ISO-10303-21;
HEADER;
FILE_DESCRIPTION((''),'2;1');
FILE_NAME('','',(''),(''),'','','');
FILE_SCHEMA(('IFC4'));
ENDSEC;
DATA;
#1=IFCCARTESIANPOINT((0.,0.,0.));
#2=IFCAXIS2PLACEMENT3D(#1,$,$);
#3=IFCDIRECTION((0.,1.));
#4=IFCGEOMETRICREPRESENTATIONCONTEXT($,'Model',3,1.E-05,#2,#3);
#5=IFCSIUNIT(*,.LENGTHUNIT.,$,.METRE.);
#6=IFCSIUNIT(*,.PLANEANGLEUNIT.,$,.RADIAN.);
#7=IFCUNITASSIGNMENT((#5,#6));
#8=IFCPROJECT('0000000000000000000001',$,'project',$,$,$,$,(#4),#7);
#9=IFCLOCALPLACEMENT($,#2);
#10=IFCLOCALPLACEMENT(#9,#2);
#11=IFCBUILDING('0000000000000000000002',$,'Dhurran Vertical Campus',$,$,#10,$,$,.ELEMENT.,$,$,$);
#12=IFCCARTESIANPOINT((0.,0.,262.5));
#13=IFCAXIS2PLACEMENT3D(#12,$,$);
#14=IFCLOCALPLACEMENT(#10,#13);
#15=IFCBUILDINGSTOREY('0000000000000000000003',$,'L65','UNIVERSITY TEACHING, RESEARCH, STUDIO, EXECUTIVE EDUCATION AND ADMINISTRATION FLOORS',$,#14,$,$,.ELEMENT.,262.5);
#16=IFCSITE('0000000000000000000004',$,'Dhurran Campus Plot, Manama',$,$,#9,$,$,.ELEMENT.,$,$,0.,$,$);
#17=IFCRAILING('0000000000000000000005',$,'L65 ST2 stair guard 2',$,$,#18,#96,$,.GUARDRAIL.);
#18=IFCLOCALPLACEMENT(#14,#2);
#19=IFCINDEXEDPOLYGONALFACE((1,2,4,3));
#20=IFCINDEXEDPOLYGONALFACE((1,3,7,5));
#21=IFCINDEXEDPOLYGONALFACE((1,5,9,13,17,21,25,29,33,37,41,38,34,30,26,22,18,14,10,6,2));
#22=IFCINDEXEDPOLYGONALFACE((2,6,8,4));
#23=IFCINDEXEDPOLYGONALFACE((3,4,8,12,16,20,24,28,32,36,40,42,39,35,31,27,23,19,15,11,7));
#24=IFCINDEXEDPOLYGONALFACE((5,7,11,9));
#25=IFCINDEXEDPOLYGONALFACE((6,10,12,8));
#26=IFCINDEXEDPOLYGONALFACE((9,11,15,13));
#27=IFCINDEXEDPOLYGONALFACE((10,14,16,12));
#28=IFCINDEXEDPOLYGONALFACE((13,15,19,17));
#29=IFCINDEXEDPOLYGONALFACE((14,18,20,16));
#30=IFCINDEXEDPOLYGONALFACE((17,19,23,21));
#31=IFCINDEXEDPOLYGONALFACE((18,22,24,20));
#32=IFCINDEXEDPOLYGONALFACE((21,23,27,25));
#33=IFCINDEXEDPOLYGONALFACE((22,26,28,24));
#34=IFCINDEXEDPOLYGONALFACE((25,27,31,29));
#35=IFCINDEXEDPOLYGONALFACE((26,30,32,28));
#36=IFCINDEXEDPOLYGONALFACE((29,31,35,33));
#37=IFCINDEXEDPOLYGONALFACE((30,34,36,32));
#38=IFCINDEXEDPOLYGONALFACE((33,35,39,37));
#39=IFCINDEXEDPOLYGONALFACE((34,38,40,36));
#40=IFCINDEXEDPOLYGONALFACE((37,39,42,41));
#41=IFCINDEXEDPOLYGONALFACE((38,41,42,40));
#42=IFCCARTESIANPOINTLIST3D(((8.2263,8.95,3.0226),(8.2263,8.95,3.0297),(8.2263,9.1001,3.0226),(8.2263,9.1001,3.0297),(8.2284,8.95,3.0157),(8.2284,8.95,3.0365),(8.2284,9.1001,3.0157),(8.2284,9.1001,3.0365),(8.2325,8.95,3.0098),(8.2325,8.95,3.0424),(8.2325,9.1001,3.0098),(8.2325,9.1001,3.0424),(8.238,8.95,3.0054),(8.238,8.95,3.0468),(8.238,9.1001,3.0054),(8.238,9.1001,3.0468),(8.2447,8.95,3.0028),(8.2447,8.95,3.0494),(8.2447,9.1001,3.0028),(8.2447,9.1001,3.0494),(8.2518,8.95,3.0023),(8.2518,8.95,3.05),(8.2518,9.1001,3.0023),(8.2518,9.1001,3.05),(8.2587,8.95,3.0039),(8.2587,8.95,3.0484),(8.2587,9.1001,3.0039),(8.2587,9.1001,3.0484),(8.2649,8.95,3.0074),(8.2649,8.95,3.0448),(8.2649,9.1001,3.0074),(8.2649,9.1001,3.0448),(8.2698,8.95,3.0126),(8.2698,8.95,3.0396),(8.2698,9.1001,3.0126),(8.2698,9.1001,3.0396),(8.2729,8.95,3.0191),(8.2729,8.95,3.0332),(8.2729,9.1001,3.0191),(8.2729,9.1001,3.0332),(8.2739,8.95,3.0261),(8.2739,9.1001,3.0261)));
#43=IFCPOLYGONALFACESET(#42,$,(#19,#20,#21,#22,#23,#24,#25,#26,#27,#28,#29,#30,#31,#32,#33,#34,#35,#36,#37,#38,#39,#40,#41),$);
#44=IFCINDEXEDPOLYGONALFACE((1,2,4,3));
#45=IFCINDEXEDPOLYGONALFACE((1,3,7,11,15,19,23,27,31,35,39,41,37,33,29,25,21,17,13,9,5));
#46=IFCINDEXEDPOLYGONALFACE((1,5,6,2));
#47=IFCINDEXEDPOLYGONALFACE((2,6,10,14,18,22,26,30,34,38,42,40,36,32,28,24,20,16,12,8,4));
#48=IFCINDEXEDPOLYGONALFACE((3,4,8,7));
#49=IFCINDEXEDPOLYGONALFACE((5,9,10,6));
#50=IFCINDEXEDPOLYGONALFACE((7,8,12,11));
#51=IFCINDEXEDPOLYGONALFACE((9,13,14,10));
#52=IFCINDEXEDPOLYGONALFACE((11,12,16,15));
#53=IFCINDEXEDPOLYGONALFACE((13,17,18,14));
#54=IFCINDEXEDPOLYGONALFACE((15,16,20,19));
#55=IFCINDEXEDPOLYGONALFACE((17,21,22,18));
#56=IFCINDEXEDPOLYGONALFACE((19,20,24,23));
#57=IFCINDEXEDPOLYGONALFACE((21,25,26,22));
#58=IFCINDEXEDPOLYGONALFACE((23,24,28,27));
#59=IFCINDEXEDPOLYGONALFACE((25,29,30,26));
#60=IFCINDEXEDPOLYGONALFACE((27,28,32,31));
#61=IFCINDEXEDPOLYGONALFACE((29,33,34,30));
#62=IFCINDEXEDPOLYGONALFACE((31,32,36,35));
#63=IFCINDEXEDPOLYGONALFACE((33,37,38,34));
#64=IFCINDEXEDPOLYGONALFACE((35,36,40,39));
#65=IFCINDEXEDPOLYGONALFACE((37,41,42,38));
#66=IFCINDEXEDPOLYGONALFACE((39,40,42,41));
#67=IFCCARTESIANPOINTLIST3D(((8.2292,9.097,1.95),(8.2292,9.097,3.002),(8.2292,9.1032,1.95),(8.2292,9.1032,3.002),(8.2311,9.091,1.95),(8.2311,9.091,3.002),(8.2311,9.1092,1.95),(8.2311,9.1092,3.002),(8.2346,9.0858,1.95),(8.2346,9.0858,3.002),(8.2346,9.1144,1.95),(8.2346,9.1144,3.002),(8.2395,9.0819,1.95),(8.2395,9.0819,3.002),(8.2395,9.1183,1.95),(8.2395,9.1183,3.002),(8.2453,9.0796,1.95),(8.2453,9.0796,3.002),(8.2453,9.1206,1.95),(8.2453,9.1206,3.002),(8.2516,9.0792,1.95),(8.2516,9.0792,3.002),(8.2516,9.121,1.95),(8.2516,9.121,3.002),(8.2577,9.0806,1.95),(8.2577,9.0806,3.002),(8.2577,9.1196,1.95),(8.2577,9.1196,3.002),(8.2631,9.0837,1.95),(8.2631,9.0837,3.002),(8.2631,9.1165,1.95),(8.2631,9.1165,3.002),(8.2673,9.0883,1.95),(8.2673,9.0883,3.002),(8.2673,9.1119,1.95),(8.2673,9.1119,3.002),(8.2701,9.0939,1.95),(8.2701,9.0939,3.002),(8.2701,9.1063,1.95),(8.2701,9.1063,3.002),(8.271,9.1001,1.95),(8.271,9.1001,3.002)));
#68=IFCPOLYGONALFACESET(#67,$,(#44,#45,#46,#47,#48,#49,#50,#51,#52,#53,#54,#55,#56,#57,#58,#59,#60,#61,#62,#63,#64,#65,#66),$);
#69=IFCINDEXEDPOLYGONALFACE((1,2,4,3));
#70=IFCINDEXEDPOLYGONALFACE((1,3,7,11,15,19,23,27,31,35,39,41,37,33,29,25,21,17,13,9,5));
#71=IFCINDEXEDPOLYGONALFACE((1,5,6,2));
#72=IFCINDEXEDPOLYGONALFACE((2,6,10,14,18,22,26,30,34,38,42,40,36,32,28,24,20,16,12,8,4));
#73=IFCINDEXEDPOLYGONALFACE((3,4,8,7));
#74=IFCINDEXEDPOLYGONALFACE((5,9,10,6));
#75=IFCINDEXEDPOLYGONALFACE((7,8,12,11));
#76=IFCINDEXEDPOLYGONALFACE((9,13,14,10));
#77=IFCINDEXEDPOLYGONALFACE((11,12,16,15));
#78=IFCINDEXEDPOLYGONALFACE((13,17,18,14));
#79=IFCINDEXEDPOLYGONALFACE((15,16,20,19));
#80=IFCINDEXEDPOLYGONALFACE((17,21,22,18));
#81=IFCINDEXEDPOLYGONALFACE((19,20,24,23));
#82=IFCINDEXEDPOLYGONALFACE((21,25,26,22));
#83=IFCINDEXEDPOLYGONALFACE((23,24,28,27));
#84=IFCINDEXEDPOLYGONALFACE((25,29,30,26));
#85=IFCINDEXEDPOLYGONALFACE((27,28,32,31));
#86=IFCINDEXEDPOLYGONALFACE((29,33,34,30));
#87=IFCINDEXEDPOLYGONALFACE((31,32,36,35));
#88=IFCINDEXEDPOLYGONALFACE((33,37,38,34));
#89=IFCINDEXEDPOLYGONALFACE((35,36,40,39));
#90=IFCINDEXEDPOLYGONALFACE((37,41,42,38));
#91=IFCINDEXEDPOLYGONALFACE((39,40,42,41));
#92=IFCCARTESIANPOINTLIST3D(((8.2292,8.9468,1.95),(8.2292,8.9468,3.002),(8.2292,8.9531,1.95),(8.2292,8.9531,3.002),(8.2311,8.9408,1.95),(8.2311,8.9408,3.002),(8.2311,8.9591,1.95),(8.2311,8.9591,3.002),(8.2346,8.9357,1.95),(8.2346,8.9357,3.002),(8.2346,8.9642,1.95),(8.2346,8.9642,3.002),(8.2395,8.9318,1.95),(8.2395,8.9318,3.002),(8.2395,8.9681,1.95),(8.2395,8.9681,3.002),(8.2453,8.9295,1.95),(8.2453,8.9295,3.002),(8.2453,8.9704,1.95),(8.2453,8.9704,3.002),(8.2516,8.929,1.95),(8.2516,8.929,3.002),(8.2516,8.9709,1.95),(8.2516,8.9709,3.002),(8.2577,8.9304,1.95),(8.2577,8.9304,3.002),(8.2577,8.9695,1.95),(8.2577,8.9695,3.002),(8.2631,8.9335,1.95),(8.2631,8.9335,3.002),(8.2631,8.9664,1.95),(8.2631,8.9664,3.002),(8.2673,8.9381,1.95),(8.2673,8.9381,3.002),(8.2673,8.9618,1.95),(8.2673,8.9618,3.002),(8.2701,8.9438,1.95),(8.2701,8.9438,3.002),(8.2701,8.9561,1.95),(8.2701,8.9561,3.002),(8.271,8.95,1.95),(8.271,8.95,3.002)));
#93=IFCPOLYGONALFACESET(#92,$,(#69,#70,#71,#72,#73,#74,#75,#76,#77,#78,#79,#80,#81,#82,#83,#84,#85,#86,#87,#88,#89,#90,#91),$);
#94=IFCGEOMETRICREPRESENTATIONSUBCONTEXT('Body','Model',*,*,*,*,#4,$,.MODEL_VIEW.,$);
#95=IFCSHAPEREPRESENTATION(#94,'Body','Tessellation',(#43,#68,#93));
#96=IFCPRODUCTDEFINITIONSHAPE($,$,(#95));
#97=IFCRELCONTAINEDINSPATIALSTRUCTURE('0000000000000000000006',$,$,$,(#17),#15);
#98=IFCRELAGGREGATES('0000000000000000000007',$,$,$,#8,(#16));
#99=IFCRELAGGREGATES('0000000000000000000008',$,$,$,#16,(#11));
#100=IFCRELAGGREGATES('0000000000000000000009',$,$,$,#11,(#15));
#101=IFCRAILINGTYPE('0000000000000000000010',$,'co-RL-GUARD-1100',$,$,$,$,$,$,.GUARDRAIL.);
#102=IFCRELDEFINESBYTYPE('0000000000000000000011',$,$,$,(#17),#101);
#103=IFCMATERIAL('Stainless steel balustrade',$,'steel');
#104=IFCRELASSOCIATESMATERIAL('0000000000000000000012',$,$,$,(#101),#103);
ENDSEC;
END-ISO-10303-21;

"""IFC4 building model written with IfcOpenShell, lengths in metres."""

from ifc_helpers import new_model, si_unit, direction, frame, origin, origin_2d, place, context, subcontext, project, spatial, circle, extrude, material, type_object, element, save


model = new_model("IFC4")

# Units and contexts
model_context = context("Model", 3, precision=1e-05, world=origin(), true_north=direction((0.0, 1.0)))
body_context = subcontext(model_context, "Body", "Model", "MODEL_VIEW")
ifc_project = project(units=[si_unit("LENGTHUNIT", "METRE"), si_unit("PLANEANGLEUNIT", "RADIAN")], contexts=[model_context])

# Site, building, storey
site_placement = place(None, origin())
site = spatial("IfcSite", under=ifc_project, at=site_placement, Name="Dhurran Campus Plot, Manama", CompositionType="ELEMENT", RefElevation=0.0)
building_placement = place(site_placement, origin())
building = spatial("IfcBuilding", under=site, at=building_placement, Name="Dhurran Vertical Campus", CompositionType="ELEMENT")
storey_placement = place(building_placement, frame((0.0, 0.0, 262.5)))
storey = spatial("IfcBuildingStorey", under=building, at=storey_placement, Name="L65", Description="UNIVERSITY TEACHING, RESEARCH, STUDIO, EXECUTIVE EDUCATION AND ADMINISTRATION FLOORS", CompositionType="ELEMENT", Elevation=262.5)

# Railing
ifc_material_1 = material(Name="Stainless steel balustrade", Category="steel")
railing_type_1 = type_object("IfcRailingType", Name="co-RL-GUARD-1100", PredefinedType="GUARDRAIL", material=ifc_material_1)
railing_1_placement = place(storey_placement, frame((8.25, 9.1001, 1.95)))
element("IfcRailing", 1, at=railing_1_placement, inside=storey, type_object=railing_type_1, Name="L65 ST2 stair guard 2", PredefinedType="GUARDRAIL", context=body_context, shape_type="SweptSolid", body=[
    extrude(circle(Radius=0.0239, at=origin_2d()), frame((0.0, 0.0, 1.0762), z_axis=(0.0, -1.0, 0.0), x_axis=(1.0, 0.0, 0.0)), (0.0, 0.0, 1.0), 0.1501),
    extrude(circle(Radius=0.021, at=origin_2d()), origin(), (0.0, 0.0, 1.0), 1.052),
    extrude(circle(Radius=0.021, at=origin_2d()), frame((0.0, -0.1501, 0.0)), (0.0, 0.0, 1.0), 1.052),
])

save(model, "model.ifc")
